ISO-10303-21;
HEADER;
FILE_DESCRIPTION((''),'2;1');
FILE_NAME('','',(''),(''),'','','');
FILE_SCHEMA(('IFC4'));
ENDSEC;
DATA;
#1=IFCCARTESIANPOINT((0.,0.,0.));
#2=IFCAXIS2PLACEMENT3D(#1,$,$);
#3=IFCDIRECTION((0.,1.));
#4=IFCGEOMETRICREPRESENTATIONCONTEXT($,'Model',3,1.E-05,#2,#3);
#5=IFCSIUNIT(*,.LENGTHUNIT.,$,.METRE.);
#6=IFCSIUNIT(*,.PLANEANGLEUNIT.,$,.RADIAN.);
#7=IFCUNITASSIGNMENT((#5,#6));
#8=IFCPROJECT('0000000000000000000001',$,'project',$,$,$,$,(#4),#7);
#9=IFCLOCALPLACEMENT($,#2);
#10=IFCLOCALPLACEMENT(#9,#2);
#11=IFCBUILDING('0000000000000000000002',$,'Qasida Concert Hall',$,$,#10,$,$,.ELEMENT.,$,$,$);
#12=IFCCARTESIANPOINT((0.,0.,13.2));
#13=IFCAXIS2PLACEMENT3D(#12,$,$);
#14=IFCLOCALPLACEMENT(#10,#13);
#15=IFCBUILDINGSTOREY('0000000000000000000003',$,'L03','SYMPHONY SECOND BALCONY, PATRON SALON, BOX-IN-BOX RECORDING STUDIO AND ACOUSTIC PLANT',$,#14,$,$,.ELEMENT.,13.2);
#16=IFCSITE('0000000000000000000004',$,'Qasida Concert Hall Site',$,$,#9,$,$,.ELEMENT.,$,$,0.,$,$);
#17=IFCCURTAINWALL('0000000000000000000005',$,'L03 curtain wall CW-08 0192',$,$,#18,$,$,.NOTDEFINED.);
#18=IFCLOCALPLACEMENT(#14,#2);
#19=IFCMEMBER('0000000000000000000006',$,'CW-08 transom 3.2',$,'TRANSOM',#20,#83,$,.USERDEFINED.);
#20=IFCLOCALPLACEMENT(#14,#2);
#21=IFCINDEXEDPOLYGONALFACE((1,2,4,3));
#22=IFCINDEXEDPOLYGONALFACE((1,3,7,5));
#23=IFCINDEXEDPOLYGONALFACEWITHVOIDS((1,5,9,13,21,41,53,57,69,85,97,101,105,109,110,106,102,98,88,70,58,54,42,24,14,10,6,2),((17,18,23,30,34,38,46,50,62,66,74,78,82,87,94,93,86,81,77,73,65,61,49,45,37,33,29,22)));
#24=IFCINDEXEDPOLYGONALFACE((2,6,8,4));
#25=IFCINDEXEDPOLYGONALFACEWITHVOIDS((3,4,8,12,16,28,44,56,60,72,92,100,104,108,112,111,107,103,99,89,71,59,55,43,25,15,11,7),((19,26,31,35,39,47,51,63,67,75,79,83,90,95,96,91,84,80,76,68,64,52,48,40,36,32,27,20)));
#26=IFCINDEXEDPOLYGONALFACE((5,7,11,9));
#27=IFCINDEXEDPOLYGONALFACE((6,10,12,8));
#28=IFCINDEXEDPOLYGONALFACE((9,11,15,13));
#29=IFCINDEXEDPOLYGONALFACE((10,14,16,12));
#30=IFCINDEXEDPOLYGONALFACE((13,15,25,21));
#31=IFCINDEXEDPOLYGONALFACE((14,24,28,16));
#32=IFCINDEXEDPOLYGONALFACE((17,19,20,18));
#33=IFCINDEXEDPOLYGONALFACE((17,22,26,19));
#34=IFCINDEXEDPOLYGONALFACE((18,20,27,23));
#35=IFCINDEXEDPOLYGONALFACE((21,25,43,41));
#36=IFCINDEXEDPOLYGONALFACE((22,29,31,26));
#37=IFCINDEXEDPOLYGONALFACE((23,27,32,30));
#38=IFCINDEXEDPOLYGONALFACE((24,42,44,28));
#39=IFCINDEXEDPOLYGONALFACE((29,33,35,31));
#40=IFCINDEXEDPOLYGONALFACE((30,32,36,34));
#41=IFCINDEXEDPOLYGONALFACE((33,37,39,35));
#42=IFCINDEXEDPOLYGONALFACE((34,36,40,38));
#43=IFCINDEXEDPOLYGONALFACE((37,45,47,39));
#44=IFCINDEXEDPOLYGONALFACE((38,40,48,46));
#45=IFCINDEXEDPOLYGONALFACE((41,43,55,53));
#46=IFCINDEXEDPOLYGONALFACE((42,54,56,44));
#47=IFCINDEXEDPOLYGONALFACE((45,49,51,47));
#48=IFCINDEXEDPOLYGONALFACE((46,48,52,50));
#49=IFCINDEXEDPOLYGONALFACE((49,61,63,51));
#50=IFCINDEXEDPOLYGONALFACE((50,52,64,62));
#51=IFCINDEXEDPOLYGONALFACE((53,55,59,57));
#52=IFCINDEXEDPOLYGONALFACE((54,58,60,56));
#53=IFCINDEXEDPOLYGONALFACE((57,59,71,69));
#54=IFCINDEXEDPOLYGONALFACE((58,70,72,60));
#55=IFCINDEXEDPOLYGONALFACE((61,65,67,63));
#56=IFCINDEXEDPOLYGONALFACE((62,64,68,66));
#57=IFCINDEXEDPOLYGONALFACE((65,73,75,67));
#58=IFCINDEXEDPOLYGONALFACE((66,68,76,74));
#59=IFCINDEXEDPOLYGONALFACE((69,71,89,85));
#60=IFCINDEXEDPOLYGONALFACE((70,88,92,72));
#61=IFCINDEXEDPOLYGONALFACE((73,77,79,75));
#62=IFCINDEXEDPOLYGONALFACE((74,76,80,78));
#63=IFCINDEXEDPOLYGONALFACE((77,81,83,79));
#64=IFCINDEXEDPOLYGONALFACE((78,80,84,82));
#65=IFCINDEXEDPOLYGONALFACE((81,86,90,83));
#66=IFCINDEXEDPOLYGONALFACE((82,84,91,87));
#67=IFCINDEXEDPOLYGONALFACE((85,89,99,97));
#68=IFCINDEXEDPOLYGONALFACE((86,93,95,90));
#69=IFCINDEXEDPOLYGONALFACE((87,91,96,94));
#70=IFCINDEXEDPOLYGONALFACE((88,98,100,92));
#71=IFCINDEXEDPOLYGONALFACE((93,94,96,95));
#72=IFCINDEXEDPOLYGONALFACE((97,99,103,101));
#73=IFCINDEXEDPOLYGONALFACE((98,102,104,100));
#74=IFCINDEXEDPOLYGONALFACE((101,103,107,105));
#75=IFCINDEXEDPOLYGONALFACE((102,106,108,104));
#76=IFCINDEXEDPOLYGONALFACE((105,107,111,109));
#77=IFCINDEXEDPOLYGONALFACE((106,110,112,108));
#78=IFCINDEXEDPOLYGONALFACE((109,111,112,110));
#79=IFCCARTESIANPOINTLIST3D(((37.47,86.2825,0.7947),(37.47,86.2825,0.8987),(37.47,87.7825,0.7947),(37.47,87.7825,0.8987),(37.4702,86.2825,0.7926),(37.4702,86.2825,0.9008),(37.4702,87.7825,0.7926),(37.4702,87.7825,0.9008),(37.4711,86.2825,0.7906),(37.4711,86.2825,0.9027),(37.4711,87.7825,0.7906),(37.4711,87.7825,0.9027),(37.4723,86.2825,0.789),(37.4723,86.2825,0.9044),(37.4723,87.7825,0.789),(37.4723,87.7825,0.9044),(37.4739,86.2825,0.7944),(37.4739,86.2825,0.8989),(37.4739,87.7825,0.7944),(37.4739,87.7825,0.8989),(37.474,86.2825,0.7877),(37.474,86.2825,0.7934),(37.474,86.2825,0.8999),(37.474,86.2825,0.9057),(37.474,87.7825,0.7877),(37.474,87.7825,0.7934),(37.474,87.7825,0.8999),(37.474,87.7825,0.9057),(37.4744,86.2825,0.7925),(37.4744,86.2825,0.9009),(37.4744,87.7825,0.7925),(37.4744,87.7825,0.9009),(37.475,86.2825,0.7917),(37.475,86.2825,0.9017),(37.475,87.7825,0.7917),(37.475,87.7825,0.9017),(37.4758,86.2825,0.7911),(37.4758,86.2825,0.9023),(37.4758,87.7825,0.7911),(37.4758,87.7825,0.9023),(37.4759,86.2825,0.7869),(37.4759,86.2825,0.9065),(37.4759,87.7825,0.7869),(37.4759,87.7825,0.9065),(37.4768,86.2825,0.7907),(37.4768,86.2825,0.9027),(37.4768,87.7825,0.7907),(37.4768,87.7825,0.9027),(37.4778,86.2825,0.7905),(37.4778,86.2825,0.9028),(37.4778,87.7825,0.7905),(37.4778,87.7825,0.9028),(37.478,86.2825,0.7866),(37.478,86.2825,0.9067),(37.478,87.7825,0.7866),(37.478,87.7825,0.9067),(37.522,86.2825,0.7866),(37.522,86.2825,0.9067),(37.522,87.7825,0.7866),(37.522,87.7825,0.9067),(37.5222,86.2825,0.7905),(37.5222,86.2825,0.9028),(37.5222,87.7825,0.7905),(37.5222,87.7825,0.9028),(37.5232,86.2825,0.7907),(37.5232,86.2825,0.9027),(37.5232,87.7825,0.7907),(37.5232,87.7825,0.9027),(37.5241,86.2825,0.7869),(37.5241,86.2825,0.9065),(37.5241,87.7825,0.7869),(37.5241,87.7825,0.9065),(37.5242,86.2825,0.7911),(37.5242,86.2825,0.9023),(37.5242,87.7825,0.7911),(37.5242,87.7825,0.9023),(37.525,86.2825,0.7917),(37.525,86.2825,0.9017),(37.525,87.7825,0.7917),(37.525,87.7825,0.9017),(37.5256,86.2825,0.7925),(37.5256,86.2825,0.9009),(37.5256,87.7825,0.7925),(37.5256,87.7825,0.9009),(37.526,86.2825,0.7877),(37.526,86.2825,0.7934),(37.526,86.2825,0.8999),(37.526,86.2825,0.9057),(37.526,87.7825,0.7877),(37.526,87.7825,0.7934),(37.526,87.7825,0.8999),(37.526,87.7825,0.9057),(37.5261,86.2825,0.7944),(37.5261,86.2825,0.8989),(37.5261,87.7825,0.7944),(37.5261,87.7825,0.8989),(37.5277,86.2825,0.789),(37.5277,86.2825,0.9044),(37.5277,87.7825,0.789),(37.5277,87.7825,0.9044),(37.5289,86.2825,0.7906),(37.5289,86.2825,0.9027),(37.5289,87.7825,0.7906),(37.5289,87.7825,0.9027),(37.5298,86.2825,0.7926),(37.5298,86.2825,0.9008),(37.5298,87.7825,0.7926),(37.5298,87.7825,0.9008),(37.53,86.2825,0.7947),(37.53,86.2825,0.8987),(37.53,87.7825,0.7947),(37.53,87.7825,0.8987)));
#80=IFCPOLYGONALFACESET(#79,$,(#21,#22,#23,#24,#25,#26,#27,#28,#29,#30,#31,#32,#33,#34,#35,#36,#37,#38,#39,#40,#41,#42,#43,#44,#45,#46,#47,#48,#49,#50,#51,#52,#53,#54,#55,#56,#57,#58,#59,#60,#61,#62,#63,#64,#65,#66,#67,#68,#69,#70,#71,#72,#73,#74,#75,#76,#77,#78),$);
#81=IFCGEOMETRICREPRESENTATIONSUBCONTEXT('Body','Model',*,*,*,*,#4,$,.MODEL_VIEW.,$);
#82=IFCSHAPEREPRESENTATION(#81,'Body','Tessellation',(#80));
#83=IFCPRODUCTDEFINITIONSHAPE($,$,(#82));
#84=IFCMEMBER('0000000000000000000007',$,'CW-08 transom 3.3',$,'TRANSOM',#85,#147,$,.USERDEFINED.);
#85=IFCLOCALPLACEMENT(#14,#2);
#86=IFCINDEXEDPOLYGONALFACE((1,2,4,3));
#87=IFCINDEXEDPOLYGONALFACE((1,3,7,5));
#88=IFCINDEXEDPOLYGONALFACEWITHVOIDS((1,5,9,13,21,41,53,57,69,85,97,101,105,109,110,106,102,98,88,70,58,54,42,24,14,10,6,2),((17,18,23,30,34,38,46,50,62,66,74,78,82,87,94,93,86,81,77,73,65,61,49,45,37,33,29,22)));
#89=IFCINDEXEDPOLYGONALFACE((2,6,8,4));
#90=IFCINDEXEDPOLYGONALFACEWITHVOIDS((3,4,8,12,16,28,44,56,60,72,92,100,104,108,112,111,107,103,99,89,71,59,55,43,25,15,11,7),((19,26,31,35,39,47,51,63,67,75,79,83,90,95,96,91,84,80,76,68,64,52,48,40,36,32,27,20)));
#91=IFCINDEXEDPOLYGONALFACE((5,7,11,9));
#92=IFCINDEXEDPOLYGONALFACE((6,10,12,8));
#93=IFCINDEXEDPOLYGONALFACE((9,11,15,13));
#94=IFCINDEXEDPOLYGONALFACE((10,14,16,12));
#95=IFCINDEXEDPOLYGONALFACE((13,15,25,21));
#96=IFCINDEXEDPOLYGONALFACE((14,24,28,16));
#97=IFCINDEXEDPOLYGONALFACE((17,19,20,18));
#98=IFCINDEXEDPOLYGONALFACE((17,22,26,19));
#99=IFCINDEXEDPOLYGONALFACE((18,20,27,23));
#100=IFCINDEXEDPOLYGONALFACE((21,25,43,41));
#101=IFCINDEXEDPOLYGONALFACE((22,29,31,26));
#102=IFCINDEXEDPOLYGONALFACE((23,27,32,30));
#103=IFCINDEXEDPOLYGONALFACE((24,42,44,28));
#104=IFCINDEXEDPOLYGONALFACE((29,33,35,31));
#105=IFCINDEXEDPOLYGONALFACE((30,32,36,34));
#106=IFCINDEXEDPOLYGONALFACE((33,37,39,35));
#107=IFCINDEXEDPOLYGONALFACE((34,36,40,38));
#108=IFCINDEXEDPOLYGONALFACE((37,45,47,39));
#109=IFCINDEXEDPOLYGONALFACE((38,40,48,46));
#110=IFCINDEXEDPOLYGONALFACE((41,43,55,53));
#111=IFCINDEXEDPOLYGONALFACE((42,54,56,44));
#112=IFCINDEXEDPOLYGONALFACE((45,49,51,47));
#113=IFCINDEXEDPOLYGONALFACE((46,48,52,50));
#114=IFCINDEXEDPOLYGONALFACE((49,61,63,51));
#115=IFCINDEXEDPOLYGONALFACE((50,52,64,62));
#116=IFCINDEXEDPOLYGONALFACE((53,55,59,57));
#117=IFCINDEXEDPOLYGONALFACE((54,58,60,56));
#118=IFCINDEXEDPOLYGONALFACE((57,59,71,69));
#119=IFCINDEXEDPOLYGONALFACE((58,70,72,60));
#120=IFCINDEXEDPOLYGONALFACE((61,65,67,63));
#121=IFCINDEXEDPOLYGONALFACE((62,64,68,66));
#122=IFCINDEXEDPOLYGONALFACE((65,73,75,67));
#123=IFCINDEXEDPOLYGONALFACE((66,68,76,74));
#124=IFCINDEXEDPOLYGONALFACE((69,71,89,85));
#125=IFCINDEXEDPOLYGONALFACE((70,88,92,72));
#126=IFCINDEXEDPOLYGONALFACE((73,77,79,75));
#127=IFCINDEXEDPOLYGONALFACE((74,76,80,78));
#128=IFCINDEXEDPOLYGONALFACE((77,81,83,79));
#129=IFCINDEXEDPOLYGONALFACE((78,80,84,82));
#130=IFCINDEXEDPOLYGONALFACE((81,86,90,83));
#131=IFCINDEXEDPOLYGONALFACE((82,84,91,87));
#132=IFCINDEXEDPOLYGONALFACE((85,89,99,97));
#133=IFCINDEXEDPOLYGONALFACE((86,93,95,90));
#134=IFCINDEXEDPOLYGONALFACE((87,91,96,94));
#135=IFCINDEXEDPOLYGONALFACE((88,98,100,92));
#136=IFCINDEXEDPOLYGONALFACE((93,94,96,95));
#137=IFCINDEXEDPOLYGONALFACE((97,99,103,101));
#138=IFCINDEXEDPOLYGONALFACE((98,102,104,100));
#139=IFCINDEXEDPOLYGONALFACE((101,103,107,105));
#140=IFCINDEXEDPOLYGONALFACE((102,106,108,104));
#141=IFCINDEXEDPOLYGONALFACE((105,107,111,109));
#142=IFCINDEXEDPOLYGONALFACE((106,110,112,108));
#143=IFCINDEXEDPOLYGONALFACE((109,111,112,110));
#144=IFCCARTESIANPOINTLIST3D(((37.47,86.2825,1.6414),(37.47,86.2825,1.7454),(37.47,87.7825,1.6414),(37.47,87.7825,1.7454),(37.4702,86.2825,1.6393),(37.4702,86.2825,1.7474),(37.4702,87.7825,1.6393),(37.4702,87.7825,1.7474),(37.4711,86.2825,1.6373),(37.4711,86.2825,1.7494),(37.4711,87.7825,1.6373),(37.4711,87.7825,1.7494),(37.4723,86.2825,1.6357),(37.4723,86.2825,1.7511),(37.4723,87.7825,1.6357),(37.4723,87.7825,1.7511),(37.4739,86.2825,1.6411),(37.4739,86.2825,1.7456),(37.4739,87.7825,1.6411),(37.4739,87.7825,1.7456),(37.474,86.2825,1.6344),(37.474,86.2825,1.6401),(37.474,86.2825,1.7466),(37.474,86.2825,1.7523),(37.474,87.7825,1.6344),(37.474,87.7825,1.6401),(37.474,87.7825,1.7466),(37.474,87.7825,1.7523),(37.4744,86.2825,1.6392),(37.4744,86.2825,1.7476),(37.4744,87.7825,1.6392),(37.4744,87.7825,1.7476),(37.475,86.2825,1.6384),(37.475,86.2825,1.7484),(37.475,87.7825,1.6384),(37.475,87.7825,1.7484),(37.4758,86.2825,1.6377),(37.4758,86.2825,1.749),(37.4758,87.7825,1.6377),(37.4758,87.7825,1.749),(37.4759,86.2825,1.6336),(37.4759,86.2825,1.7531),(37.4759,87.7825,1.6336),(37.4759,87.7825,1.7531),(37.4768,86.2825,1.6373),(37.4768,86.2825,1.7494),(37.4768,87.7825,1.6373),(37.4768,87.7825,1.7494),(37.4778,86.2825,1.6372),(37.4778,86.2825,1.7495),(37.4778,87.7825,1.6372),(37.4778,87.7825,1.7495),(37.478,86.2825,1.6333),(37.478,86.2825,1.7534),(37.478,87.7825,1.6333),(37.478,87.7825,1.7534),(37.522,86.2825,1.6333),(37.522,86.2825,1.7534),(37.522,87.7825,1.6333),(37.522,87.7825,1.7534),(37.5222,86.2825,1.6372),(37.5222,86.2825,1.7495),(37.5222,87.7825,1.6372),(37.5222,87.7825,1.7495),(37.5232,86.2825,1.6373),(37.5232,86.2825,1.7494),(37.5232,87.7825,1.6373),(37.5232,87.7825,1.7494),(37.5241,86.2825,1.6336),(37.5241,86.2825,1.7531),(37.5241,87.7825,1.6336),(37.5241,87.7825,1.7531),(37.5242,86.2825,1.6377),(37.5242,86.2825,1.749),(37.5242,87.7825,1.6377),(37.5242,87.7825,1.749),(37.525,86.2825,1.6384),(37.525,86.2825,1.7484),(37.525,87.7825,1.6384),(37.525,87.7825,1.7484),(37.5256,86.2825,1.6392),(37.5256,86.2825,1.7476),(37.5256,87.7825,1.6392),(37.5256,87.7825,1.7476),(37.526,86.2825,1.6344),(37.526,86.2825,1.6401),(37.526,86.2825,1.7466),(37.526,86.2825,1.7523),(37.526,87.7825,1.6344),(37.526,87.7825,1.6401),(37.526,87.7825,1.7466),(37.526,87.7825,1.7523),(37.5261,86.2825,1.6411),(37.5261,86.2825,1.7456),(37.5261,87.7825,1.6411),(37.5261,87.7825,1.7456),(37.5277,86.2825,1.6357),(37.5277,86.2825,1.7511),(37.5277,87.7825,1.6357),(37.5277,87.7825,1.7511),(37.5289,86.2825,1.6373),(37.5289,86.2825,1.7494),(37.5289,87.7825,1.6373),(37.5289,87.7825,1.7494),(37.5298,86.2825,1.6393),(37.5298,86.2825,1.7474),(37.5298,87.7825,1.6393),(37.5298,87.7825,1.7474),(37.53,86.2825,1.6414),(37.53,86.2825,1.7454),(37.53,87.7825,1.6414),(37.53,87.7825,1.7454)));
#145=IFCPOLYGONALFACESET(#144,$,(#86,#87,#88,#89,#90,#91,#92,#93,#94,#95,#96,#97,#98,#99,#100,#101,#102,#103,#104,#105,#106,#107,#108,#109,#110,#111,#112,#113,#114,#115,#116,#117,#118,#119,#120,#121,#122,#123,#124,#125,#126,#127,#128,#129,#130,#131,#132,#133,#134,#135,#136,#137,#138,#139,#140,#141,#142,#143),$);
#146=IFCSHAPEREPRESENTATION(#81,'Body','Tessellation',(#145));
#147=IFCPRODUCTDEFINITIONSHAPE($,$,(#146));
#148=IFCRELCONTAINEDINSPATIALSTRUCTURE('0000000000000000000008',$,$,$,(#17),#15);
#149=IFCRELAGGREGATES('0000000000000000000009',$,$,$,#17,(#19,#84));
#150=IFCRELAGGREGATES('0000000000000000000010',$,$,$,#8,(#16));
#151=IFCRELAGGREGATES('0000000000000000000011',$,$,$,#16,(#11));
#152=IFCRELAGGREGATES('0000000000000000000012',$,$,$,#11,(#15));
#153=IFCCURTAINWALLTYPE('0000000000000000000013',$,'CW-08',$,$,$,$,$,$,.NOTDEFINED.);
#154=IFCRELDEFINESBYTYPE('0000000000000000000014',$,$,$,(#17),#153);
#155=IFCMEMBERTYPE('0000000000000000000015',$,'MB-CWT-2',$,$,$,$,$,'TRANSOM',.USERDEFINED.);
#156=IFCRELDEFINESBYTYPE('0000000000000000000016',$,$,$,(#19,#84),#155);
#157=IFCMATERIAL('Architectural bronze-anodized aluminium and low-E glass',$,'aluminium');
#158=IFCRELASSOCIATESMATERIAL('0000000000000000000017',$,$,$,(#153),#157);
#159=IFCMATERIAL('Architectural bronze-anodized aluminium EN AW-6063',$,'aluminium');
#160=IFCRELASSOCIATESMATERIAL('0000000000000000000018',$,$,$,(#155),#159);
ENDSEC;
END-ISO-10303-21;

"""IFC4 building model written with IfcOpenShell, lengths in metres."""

from ifc_helpers import new_model, si_unit, direction, frame, origin, origin_2d, place, context, subcontext, project, spatial, hollow_rectangle, extrude, material, material_profile, profile_set, type_object, element, aggregate, save


model = new_model("IFC4")

# Units and contexts
model_context = context("Model", 3, precision=1e-05, world=origin(), true_north=direction((0.0, 1.0)))
body_context = subcontext(model_context, "Body", "Model", "MODEL_VIEW")
ifc_project = project(units=[si_unit("LENGTHUNIT", "METRE"), si_unit("PLANEANGLEUNIT", "RADIAN")], contexts=[model_context])

# Site, building, storey
site_placement = place(None, origin())
site = spatial("IfcSite", under=ifc_project, at=site_placement, Name="Qasida Concert Hall Site", CompositionType="ELEMENT", RefElevation=0.0)
building_placement = place(site_placement, origin())
building = spatial("IfcBuilding", under=site, at=building_placement, Name="Qasida Concert Hall", CompositionType="ELEMENT")
storey_placement = place(building_placement, frame((0.0, 0.0, 13.2)))
storey = spatial("IfcBuildingStorey", under=building, at=storey_placement, Name="L03", Description="SYMPHONY SECOND BALCONY, PATRON SALON, BOX-IN-BOX RECORDING STUDIO AND ACOUSTIC PLANT", CompositionType="ELEMENT", Elevation=13.2)

# Curtain wall, members
ifc_material_1 = material(Name="Architectural bronze-anodized aluminium and low-E glass", Category="aluminium")
curtain_wall_type = type_object("IfcCurtainWallType", Name="CW-08", PredefinedType="NOTDEFINED", material=ifc_material_1)
curtain_wall_placement = place(storey_placement, origin())
curtain_wall = element("IfcCurtainWall", 1, at=curtain_wall_placement, inside=storey, type_object=curtain_wall_type, Name="L03 curtain wall CW-08 0192", PredefinedType="NOTDEFINED")
ifc_material_2 = material(Name="Architectural bronze-anodized aluminium EN AW-6063", Category="aluminium")
ifc_material_profile_1 = material_profile(ifc_material_2, hollow_rectangle(XDim=0.0601, YDim=0.1201, WallThickness=0.0039, InnerFilletRadius=0.0039, OuterFilletRadius=0.0081, at=origin_2d()), Name="CWT 120x60x4")
ifc_profile_set_1 = profile_set([ifc_material_profile_1], Name="Architectural bronze-anodized aluminium EN AW-6063")
member_type_1 = type_object("IfcMemberType", Name="MB-CWT-2", ElementType="TRANSOM", PredefinedType="USERDEFINED", material=ifc_profile_set_1)
member_1_placement = place(storey_placement, frame((37.5, 86.2825, 0.8467), z_axis=(0.0, 1.0, 0.0), x_axis=(-1.0, 0.0, 0.0)))
member_1 = element("IfcMember", 2, at=member_1_placement, type_object=member_type_1, Name="CW-08 transom 3.2", ObjectType="TRANSOM", PredefinedType="USERDEFINED", context=body_context, shape_type="SweptSolid", body=[
    extrude(hollow_rectangle(XDim=0.0601, YDim=0.1201, WallThickness=0.0039, InnerFilletRadius=0.0039, OuterFilletRadius=0.0081, at=origin_2d()), origin(), (0.0, 0.0, 1.0), 1.5),
])
member_2_placement = place(storey_placement, frame((37.5, 86.2825, 1.6934), z_axis=(0.0, 1.0, 0.0), x_axis=(-1.0, 0.0, 0.0)))
member_2 = element("IfcMember", 3, at=member_2_placement, type_object=member_type_1, Name="CW-08 transom 3.3", ObjectType="TRANSOM", PredefinedType="USERDEFINED", context=body_context, shape_type="SweptSolid", body=[
    extrude(hollow_rectangle(XDim=0.0601, YDim=0.1201, WallThickness=0.0039, InnerFilletRadius=0.0039, OuterFilletRadius=0.0081, at=origin_2d()), origin(), (0.0, 0.0, 1.0), 1.5),
])
aggregate(curtain_wall, [member_1, member_2])

save(model, "model.ifc")
